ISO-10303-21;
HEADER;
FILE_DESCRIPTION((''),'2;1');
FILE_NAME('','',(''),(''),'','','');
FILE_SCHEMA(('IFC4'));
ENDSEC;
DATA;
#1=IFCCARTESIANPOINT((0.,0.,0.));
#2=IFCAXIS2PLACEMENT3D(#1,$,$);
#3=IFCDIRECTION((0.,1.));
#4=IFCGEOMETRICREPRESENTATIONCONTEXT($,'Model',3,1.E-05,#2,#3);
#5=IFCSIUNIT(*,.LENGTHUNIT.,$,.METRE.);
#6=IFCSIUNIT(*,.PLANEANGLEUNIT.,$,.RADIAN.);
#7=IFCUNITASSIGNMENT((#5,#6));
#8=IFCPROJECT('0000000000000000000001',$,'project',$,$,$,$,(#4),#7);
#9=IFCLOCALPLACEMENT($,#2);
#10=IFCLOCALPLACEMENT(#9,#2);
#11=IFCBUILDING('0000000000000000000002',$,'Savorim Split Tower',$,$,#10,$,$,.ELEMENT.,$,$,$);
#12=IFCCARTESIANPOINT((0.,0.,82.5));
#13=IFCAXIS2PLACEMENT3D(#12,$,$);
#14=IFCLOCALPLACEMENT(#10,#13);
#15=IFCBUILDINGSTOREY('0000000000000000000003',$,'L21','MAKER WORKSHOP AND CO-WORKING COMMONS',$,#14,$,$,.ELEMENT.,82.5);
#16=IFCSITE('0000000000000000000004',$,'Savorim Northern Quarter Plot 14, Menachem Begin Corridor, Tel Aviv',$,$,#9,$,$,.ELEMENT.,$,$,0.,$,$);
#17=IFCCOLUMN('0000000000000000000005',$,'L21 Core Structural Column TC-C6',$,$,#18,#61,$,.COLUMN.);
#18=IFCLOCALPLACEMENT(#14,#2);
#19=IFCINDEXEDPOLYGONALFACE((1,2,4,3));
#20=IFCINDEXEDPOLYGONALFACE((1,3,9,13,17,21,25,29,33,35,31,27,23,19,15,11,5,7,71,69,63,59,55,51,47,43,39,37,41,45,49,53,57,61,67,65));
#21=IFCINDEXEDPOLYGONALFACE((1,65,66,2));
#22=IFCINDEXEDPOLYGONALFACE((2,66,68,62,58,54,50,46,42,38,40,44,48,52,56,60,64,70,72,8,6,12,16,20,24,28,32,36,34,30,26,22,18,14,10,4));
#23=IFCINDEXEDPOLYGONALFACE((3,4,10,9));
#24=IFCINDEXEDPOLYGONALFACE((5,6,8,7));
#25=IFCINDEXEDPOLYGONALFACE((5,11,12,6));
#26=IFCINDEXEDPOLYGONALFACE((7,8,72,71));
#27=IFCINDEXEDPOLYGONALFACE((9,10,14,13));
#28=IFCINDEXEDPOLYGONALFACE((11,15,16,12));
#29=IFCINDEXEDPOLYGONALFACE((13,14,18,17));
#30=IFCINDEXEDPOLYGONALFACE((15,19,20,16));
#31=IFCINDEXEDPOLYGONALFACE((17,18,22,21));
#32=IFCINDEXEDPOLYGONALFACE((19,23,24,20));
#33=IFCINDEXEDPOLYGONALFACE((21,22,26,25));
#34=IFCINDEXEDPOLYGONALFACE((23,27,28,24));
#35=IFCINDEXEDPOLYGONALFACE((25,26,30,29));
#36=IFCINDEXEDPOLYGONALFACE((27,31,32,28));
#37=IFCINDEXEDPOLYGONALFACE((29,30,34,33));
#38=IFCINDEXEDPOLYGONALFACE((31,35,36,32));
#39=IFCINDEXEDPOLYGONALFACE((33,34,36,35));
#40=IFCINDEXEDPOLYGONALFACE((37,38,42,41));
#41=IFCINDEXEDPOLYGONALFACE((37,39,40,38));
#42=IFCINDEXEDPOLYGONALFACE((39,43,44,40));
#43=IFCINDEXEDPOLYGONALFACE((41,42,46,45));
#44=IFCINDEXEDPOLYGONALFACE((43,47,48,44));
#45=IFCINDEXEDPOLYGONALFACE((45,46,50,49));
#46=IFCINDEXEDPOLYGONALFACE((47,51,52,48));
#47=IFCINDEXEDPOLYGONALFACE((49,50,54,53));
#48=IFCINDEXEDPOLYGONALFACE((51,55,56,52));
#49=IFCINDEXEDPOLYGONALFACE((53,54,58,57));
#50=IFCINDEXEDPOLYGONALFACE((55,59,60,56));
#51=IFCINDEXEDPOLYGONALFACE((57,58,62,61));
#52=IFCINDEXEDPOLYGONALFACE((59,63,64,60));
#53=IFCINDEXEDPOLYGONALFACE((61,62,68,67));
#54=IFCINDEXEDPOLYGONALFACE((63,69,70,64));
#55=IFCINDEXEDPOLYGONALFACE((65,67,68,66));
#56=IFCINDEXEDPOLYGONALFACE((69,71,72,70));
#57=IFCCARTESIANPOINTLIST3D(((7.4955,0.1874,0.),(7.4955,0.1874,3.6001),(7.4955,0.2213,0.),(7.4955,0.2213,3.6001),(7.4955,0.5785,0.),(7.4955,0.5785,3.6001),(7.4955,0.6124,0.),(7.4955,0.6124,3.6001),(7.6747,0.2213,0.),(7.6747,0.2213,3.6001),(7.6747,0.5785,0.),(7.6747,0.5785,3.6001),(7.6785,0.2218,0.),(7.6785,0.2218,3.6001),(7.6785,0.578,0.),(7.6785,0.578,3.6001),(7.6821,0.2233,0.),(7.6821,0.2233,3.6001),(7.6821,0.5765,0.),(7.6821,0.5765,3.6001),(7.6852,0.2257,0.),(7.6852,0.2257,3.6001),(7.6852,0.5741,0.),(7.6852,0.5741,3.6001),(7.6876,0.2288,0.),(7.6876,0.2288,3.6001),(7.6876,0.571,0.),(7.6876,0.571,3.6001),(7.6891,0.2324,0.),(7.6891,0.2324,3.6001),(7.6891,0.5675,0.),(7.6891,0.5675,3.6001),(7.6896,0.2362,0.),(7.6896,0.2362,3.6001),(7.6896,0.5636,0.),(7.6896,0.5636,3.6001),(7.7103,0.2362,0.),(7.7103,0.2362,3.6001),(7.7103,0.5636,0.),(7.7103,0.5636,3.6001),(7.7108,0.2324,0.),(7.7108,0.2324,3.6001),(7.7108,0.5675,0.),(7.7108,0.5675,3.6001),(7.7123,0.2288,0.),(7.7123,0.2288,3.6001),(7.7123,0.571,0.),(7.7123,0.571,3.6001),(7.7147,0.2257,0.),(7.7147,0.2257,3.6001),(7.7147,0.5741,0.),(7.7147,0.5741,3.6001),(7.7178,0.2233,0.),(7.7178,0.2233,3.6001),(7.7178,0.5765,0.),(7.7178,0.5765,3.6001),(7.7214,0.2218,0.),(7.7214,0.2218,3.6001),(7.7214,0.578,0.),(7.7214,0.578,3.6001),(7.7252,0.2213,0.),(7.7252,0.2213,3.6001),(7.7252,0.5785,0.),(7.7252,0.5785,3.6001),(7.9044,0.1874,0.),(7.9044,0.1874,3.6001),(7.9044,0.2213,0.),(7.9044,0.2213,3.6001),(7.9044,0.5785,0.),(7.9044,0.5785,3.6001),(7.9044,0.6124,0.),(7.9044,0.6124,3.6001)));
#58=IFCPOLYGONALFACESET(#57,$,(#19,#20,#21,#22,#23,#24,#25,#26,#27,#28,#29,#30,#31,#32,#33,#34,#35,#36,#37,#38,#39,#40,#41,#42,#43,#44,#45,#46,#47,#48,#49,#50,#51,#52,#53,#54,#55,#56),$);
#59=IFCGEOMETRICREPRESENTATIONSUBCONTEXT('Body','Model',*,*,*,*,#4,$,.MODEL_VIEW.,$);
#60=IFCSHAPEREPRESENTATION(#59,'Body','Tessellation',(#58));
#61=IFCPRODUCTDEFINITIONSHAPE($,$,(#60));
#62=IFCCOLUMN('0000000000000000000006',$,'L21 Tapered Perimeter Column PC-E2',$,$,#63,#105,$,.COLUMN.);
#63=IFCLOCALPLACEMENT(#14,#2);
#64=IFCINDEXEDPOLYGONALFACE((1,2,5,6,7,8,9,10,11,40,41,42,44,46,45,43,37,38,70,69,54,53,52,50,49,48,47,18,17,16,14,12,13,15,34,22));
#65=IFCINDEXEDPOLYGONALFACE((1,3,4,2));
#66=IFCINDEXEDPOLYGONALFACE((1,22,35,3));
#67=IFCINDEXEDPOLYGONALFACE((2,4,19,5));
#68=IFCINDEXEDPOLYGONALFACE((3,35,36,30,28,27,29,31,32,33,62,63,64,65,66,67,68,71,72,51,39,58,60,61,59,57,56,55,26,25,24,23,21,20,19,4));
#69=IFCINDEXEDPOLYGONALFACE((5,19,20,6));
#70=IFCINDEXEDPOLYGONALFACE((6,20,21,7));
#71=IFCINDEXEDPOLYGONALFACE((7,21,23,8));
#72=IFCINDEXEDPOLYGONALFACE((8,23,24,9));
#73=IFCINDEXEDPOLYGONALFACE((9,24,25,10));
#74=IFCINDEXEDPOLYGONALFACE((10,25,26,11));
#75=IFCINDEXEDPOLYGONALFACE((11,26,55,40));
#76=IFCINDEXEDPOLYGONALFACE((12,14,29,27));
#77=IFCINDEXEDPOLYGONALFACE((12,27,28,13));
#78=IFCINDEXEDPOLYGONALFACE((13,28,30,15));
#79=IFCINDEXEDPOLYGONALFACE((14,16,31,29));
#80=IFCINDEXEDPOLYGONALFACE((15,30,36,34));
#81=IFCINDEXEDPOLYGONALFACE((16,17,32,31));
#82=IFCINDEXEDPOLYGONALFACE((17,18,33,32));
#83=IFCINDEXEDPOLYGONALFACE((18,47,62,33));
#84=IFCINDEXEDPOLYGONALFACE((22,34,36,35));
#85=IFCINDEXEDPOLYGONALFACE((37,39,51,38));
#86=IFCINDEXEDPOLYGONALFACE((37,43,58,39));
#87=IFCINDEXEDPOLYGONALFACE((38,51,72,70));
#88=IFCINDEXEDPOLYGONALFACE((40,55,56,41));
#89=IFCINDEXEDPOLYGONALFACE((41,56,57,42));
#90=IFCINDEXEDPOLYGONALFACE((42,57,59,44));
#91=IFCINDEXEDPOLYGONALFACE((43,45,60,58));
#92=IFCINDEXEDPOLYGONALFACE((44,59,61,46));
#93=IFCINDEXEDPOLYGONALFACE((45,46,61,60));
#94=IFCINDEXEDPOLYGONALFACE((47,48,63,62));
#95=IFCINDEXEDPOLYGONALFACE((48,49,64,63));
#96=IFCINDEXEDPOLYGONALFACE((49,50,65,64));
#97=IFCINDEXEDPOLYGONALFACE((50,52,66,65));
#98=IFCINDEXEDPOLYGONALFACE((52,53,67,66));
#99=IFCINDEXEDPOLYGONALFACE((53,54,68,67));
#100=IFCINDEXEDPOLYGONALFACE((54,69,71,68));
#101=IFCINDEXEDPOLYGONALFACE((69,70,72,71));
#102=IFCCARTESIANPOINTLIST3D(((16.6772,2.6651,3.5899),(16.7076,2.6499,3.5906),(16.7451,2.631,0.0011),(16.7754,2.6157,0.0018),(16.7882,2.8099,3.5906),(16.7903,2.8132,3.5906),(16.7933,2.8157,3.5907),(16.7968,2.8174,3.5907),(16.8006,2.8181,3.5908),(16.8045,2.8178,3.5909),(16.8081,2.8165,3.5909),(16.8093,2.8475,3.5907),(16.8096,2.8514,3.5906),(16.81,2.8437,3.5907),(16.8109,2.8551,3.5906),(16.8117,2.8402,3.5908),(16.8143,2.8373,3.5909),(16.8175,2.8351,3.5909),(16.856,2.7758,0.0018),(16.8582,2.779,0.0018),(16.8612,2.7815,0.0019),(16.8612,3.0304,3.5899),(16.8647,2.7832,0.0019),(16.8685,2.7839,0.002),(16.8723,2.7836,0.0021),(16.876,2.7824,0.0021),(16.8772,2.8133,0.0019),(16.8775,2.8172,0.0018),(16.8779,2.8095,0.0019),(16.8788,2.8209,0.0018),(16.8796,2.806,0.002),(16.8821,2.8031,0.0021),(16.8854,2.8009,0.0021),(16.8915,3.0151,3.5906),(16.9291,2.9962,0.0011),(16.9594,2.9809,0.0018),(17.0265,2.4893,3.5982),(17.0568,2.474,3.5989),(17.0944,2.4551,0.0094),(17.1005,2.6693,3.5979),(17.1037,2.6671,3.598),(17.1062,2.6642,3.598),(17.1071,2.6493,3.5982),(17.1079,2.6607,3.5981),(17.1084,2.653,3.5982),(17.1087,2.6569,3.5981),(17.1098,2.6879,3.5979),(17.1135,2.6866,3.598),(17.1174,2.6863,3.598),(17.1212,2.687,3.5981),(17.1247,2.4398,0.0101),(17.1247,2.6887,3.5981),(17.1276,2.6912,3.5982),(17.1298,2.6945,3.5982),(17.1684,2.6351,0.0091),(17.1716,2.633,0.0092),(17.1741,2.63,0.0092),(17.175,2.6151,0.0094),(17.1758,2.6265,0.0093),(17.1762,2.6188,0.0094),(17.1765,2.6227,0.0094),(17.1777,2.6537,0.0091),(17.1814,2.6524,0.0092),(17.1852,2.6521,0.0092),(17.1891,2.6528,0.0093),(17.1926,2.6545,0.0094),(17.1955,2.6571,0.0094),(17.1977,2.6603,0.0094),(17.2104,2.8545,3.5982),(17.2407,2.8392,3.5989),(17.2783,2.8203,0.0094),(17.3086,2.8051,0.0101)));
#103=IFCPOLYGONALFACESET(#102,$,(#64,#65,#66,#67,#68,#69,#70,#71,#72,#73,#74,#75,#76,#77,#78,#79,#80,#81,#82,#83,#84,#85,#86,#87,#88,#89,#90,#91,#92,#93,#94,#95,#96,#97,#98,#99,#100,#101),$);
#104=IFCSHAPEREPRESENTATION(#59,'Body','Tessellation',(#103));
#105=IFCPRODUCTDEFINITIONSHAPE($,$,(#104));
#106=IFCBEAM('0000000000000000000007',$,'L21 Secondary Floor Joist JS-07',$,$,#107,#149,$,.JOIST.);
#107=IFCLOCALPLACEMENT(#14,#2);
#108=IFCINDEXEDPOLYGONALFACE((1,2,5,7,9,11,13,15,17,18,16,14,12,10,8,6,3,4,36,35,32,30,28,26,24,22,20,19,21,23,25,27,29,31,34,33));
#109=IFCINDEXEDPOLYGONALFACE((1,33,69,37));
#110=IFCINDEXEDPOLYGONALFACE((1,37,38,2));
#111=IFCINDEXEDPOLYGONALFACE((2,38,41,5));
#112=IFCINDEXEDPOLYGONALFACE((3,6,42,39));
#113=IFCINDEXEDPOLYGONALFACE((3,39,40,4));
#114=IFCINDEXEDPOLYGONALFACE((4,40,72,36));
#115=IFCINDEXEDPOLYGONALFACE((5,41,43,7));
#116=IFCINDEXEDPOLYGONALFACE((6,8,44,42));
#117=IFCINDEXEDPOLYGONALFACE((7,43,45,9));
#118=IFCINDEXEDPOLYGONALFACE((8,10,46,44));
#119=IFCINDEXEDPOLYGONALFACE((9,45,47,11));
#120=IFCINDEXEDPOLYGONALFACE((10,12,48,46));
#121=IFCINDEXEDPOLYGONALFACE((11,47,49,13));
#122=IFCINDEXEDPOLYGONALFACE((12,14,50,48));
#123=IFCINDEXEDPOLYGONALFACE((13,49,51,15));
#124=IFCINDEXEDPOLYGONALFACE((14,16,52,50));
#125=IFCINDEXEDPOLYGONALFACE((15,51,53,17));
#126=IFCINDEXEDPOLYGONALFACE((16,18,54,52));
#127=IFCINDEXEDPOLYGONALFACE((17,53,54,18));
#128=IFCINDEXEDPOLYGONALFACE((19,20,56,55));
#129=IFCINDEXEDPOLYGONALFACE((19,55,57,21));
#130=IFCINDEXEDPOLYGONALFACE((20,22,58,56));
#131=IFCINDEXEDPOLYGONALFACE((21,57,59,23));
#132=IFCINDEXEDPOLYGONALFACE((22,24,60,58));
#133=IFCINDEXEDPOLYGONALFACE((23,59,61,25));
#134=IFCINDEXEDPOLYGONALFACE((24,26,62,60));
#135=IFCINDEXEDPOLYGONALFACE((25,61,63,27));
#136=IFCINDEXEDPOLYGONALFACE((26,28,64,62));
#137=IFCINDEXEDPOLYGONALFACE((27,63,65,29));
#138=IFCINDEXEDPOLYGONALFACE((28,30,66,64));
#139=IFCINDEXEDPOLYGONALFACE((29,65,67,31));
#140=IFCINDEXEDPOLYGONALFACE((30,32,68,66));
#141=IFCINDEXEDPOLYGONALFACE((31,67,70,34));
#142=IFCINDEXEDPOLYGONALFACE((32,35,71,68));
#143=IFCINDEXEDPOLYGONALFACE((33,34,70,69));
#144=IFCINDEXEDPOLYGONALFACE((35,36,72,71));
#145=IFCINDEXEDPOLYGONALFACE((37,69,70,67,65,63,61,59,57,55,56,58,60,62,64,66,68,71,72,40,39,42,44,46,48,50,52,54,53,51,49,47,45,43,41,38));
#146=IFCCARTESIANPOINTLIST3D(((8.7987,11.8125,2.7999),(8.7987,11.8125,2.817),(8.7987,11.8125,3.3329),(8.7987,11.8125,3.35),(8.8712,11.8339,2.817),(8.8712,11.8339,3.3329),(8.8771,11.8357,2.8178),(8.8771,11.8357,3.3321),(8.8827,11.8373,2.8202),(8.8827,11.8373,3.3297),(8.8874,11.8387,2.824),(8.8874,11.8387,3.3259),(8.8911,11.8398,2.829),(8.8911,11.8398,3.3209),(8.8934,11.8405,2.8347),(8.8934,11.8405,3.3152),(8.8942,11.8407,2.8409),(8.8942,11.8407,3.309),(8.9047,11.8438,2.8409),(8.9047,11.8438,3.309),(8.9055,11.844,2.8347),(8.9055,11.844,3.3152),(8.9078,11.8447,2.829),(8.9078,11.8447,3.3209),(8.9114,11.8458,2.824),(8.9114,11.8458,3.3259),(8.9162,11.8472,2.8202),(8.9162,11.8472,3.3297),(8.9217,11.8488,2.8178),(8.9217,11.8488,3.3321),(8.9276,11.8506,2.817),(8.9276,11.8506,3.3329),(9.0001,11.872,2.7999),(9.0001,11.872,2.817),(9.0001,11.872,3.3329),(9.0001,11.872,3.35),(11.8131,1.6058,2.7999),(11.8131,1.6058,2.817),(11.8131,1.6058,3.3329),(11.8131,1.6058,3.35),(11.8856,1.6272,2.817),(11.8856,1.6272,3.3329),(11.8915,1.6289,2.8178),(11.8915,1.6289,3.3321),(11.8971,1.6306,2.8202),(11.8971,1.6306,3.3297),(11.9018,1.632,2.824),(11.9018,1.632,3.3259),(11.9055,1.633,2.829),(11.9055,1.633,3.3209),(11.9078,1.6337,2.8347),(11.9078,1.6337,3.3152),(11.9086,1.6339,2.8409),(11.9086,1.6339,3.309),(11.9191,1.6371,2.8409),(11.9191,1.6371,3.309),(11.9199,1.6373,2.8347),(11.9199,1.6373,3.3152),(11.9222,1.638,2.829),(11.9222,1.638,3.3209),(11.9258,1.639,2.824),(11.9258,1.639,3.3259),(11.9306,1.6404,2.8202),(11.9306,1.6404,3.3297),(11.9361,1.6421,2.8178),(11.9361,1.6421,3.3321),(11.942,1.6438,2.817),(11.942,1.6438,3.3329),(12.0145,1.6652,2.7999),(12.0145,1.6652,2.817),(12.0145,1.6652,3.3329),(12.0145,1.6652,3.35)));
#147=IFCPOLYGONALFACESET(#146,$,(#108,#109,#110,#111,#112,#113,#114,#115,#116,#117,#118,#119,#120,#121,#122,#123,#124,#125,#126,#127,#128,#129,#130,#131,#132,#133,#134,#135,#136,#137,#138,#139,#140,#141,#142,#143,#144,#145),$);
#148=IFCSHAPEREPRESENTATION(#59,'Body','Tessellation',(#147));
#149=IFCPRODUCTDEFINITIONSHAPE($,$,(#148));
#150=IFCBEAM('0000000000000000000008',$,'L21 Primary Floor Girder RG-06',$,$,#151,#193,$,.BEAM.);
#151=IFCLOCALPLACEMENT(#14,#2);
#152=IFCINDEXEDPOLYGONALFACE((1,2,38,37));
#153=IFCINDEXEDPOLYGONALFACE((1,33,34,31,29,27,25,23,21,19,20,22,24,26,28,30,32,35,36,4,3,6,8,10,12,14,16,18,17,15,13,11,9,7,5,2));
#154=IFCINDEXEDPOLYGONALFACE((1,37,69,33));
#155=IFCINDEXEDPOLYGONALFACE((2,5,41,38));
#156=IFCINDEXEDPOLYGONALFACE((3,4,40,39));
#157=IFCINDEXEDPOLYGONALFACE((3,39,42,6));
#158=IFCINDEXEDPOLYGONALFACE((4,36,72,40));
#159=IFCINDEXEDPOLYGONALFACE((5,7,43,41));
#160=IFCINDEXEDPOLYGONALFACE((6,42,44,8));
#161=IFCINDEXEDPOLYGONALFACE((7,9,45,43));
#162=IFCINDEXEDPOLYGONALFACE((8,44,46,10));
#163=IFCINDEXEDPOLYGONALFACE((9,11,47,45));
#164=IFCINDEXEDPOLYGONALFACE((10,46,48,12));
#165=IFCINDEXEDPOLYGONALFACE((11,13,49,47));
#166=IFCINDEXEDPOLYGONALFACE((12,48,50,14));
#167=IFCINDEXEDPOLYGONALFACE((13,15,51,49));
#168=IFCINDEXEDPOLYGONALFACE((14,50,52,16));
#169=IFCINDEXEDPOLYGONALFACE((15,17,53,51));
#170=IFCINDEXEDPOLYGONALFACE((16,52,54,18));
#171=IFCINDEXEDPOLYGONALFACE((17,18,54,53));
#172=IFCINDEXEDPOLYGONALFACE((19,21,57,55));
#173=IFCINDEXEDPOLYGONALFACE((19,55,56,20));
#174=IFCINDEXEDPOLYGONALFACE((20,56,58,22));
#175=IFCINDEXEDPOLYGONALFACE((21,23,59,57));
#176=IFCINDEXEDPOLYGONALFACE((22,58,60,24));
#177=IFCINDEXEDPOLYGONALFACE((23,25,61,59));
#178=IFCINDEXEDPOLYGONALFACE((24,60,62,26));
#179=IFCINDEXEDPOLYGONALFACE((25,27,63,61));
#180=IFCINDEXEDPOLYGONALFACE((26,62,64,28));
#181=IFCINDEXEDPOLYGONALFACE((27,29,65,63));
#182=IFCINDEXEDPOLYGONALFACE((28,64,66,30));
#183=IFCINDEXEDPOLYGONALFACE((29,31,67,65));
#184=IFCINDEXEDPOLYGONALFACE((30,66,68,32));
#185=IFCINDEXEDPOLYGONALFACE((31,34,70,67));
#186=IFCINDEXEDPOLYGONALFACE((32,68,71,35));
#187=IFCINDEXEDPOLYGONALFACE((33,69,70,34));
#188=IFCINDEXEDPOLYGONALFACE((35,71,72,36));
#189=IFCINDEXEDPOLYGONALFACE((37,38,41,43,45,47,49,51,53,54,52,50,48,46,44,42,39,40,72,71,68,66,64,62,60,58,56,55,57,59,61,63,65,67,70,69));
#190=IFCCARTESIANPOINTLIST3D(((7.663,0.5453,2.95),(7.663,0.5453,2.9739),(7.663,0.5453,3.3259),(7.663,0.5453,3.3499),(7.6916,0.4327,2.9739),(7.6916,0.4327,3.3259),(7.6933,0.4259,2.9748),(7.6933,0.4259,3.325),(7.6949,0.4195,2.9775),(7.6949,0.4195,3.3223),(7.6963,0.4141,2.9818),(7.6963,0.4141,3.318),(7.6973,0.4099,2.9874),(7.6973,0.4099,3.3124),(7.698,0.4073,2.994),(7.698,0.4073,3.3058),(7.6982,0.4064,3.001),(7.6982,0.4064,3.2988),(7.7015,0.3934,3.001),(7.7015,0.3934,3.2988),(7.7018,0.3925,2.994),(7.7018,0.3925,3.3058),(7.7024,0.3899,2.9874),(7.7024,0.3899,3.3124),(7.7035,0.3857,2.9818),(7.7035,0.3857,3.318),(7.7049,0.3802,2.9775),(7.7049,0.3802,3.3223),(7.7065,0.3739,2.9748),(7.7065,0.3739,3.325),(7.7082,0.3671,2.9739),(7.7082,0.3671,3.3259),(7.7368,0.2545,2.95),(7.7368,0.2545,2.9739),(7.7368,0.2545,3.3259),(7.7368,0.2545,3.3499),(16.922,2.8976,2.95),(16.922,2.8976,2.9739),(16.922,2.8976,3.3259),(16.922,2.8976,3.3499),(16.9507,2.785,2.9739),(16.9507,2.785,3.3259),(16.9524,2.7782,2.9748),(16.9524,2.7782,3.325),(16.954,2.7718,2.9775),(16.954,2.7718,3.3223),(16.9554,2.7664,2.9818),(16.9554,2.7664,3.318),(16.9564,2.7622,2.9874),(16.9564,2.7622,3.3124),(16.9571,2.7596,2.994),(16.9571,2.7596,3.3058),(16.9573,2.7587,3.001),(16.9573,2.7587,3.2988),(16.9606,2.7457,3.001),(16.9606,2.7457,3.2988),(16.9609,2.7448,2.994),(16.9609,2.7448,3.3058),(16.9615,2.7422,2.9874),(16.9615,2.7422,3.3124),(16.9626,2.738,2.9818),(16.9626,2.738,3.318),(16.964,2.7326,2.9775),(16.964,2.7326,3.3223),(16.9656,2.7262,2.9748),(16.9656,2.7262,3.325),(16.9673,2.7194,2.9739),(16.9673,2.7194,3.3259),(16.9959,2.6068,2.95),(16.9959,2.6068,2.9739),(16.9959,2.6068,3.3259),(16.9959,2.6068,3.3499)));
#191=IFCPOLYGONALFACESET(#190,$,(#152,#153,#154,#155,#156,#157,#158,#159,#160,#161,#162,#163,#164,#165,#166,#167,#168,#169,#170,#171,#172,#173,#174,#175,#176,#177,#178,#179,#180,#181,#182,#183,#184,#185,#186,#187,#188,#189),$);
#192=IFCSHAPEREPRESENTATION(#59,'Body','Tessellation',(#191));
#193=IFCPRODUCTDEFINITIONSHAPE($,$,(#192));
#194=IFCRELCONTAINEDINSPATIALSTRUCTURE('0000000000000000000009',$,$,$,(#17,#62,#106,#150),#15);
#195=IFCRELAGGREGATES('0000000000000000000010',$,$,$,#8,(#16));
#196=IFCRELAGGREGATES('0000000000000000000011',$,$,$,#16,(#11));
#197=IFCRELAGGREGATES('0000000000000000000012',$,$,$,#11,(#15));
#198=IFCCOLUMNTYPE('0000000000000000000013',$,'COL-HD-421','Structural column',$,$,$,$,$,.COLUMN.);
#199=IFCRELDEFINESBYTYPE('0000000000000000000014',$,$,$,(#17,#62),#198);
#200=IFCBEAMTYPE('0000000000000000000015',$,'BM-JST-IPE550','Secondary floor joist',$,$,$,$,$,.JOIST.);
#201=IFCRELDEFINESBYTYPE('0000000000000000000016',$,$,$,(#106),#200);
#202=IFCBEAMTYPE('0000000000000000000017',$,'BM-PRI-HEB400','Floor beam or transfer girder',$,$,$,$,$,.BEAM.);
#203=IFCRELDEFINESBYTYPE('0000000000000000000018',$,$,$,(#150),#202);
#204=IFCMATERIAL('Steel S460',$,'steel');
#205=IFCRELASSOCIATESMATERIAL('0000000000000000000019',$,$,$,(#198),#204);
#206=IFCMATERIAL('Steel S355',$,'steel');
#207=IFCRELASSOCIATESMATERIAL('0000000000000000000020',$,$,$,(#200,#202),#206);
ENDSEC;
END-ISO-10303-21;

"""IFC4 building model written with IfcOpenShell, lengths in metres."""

from ifc_helpers import new_model, si_unit, direction, frame, origin, origin_2d, place, context, subcontext, project, spatial, i_section, extrude, material, material_profile, profile_set, type_object, element, save


model = new_model("IFC4")

# Units and contexts
model_context = context("Model", 3, precision=1e-05, world=origin(), true_north=direction((0.0, 1.0)))
body_context = subcontext(model_context, "Body", "Model", "MODEL_VIEW")
ifc_project = project(units=[si_unit("LENGTHUNIT", "METRE"), si_unit("PLANEANGLEUNIT", "RADIAN")], contexts=[model_context])

# Site, building, storey
site_placement = place(None, origin())
site = spatial("IfcSite", under=ifc_project, at=site_placement, Name="Savorim Northern Quarter Plot 14, Menachem Begin Corridor, Tel Aviv", CompositionType="ELEMENT", RefElevation=0.0)
building_placement = place(site_placement, origin())
building = spatial("IfcBuilding", under=site, at=building_placement, Name="Savorim Split Tower", CompositionType="ELEMENT")
storey_placement = place(building_placement, frame((0.0, 0.0, 82.5)))
storey = spatial("IfcBuildingStorey", under=building, at=storey_placement, Name="L21", Description="MAKER WORKSHOP AND CO-WORKING COMMONS", CompositionType="ELEMENT", Elevation=82.5)

# Columns
ifc_material_1 = material(Name="Steel S460", Category="steel")
ifc_material_profile_1 = material_profile(ifc_material_1, i_section(OverallWidth=0.4089, OverallDepth=0.425, WebThickness=0.0208, FlangeThickness=0.0339, FilletRadius=0.0149, at=origin_2d()), Name="HD 400x421")
ifc_profile_set_1 = profile_set([ifc_material_profile_1], Name="Steel S460")
column_type = type_object("IfcColumnType", Name="COL-HD-421", Description="Structural column", PredefinedType="COLUMN", material=ifc_profile_set_1)
column_1_placement = place(storey_placement, frame((7.7, 0.3999, 0.0), z_axis=(0.0, 0.0, 1.0), x_axis=(1.0, 0.0, 0.0)))
element("IfcColumn", 1, at=column_1_placement, inside=storey, type_object=column_type, Name="L21 Core Structural Column TC-C6", PredefinedType="COLUMN", context=body_context, shape_type="SweptSolid", body=[
    extrude(i_section(OverallWidth=0.4089, OverallDepth=0.425, WebThickness=0.0208, FlangeThickness=0.0339, FilletRadius=0.0149, at=origin_2d()), origin(), (0.0, 0.0, 1.0), 3.6001),
])
column_2_placement = place(storey_placement, frame((17.0269, 2.718, 0.0056), z_axis=(-0.018907, 0.009522, 0.999776), x_axis=(-0.449782, -0.893138, 0.0)))
element("IfcColumn", 2, at=column_2_placement, inside=storey, type_object=column_type, Name="L21 Tapered Perimeter Column PC-E2", PredefinedType="COLUMN", context=body_context, shape_type="SweptSolid", body=[
    extrude(i_section(OverallWidth=0.4089, OverallDepth=0.425, WebThickness=0.0208, FlangeThickness=0.0339, FilletRadius=0.0149, at=origin_2d()), origin(), (0.0, 0.0, 1.0), 3.5896),
])

# Beams
ifc_material_2 = material(Name="Steel S355", Category="steel")
ifc_material_profile_2 = material_profile(ifc_material_2, i_section(OverallWidth=0.21, OverallDepth=0.55, WebThickness=0.011, FlangeThickness=0.0171, FilletRadius=0.0239, at=origin_2d()), Name="IPE 550")
ifc_profile_set_2 = profile_set([ifc_material_profile_2], Name="Steel S355")
beam_type_1 = type_object("IfcBeamType", Name="BM-JST-IPE550", Description="Secondary floor joist", PredefinedType="JOIST", material=ifc_profile_set_2)
beam_1_placement = place(storey_placement, frame((11.9138, 1.6355, 3.075), z_axis=(-0.283239, 0.959049, 0.0), x_axis=(-0.959049, -0.283239, 0.0)))
element("IfcBeam", 3, at=beam_1_placement, inside=storey, type_object=beam_type_1, Name="L21 Secondary Floor Joist JS-07", PredefinedType="JOIST", context=body_context, shape_type="SweptSolid", body=[
    extrude(i_section(OverallWidth=0.21, OverallDepth=0.55, WebThickness=0.011, FlangeThickness=0.0171, FilletRadius=0.0239, at=origin_2d()), origin(), (0.0, 0.0, 1.0), 10.6426),
])
ifc_material_profile_3 = material_profile(ifc_material_2, i_section(OverallWidth=0.3, OverallDepth=0.3999, WebThickness=0.0134, FlangeThickness=0.0239, FilletRadius=0.0271, at=origin_2d()), Name="HEB 400")
ifc_profile_set_3 = profile_set([ifc_material_profile_3], Name="Steel S355")
beam_type_2 = type_object("IfcBeamType", Name="BM-PRI-HEB400", Description="Floor beam or transfer girder", PredefinedType="BEAM", material=ifc_profile_set_3)
beam_2_placement = place(storey_placement, frame((16.959, 2.7522, 3.1499), z_axis=(-0.969211, -0.246232, 0.0), x_axis=(0.246232, -0.969211, 0.0)))
element("IfcBeam", 4, at=beam_2_placement, inside=storey, type_object=beam_type_2, Name="L21 Primary Floor Girder RG-06", PredefinedType="BEAM", context=body_context, shape_type="SweptSolid", body=[
    extrude(i_section(OverallWidth=0.3, OverallDepth=0.3999, WebThickness=0.0134, FlangeThickness=0.0239, FilletRadius=0.0271, at=origin_2d()), origin(), (0.0, 0.0, 1.0), 9.5532),
])

save(model, "model.ifc")
